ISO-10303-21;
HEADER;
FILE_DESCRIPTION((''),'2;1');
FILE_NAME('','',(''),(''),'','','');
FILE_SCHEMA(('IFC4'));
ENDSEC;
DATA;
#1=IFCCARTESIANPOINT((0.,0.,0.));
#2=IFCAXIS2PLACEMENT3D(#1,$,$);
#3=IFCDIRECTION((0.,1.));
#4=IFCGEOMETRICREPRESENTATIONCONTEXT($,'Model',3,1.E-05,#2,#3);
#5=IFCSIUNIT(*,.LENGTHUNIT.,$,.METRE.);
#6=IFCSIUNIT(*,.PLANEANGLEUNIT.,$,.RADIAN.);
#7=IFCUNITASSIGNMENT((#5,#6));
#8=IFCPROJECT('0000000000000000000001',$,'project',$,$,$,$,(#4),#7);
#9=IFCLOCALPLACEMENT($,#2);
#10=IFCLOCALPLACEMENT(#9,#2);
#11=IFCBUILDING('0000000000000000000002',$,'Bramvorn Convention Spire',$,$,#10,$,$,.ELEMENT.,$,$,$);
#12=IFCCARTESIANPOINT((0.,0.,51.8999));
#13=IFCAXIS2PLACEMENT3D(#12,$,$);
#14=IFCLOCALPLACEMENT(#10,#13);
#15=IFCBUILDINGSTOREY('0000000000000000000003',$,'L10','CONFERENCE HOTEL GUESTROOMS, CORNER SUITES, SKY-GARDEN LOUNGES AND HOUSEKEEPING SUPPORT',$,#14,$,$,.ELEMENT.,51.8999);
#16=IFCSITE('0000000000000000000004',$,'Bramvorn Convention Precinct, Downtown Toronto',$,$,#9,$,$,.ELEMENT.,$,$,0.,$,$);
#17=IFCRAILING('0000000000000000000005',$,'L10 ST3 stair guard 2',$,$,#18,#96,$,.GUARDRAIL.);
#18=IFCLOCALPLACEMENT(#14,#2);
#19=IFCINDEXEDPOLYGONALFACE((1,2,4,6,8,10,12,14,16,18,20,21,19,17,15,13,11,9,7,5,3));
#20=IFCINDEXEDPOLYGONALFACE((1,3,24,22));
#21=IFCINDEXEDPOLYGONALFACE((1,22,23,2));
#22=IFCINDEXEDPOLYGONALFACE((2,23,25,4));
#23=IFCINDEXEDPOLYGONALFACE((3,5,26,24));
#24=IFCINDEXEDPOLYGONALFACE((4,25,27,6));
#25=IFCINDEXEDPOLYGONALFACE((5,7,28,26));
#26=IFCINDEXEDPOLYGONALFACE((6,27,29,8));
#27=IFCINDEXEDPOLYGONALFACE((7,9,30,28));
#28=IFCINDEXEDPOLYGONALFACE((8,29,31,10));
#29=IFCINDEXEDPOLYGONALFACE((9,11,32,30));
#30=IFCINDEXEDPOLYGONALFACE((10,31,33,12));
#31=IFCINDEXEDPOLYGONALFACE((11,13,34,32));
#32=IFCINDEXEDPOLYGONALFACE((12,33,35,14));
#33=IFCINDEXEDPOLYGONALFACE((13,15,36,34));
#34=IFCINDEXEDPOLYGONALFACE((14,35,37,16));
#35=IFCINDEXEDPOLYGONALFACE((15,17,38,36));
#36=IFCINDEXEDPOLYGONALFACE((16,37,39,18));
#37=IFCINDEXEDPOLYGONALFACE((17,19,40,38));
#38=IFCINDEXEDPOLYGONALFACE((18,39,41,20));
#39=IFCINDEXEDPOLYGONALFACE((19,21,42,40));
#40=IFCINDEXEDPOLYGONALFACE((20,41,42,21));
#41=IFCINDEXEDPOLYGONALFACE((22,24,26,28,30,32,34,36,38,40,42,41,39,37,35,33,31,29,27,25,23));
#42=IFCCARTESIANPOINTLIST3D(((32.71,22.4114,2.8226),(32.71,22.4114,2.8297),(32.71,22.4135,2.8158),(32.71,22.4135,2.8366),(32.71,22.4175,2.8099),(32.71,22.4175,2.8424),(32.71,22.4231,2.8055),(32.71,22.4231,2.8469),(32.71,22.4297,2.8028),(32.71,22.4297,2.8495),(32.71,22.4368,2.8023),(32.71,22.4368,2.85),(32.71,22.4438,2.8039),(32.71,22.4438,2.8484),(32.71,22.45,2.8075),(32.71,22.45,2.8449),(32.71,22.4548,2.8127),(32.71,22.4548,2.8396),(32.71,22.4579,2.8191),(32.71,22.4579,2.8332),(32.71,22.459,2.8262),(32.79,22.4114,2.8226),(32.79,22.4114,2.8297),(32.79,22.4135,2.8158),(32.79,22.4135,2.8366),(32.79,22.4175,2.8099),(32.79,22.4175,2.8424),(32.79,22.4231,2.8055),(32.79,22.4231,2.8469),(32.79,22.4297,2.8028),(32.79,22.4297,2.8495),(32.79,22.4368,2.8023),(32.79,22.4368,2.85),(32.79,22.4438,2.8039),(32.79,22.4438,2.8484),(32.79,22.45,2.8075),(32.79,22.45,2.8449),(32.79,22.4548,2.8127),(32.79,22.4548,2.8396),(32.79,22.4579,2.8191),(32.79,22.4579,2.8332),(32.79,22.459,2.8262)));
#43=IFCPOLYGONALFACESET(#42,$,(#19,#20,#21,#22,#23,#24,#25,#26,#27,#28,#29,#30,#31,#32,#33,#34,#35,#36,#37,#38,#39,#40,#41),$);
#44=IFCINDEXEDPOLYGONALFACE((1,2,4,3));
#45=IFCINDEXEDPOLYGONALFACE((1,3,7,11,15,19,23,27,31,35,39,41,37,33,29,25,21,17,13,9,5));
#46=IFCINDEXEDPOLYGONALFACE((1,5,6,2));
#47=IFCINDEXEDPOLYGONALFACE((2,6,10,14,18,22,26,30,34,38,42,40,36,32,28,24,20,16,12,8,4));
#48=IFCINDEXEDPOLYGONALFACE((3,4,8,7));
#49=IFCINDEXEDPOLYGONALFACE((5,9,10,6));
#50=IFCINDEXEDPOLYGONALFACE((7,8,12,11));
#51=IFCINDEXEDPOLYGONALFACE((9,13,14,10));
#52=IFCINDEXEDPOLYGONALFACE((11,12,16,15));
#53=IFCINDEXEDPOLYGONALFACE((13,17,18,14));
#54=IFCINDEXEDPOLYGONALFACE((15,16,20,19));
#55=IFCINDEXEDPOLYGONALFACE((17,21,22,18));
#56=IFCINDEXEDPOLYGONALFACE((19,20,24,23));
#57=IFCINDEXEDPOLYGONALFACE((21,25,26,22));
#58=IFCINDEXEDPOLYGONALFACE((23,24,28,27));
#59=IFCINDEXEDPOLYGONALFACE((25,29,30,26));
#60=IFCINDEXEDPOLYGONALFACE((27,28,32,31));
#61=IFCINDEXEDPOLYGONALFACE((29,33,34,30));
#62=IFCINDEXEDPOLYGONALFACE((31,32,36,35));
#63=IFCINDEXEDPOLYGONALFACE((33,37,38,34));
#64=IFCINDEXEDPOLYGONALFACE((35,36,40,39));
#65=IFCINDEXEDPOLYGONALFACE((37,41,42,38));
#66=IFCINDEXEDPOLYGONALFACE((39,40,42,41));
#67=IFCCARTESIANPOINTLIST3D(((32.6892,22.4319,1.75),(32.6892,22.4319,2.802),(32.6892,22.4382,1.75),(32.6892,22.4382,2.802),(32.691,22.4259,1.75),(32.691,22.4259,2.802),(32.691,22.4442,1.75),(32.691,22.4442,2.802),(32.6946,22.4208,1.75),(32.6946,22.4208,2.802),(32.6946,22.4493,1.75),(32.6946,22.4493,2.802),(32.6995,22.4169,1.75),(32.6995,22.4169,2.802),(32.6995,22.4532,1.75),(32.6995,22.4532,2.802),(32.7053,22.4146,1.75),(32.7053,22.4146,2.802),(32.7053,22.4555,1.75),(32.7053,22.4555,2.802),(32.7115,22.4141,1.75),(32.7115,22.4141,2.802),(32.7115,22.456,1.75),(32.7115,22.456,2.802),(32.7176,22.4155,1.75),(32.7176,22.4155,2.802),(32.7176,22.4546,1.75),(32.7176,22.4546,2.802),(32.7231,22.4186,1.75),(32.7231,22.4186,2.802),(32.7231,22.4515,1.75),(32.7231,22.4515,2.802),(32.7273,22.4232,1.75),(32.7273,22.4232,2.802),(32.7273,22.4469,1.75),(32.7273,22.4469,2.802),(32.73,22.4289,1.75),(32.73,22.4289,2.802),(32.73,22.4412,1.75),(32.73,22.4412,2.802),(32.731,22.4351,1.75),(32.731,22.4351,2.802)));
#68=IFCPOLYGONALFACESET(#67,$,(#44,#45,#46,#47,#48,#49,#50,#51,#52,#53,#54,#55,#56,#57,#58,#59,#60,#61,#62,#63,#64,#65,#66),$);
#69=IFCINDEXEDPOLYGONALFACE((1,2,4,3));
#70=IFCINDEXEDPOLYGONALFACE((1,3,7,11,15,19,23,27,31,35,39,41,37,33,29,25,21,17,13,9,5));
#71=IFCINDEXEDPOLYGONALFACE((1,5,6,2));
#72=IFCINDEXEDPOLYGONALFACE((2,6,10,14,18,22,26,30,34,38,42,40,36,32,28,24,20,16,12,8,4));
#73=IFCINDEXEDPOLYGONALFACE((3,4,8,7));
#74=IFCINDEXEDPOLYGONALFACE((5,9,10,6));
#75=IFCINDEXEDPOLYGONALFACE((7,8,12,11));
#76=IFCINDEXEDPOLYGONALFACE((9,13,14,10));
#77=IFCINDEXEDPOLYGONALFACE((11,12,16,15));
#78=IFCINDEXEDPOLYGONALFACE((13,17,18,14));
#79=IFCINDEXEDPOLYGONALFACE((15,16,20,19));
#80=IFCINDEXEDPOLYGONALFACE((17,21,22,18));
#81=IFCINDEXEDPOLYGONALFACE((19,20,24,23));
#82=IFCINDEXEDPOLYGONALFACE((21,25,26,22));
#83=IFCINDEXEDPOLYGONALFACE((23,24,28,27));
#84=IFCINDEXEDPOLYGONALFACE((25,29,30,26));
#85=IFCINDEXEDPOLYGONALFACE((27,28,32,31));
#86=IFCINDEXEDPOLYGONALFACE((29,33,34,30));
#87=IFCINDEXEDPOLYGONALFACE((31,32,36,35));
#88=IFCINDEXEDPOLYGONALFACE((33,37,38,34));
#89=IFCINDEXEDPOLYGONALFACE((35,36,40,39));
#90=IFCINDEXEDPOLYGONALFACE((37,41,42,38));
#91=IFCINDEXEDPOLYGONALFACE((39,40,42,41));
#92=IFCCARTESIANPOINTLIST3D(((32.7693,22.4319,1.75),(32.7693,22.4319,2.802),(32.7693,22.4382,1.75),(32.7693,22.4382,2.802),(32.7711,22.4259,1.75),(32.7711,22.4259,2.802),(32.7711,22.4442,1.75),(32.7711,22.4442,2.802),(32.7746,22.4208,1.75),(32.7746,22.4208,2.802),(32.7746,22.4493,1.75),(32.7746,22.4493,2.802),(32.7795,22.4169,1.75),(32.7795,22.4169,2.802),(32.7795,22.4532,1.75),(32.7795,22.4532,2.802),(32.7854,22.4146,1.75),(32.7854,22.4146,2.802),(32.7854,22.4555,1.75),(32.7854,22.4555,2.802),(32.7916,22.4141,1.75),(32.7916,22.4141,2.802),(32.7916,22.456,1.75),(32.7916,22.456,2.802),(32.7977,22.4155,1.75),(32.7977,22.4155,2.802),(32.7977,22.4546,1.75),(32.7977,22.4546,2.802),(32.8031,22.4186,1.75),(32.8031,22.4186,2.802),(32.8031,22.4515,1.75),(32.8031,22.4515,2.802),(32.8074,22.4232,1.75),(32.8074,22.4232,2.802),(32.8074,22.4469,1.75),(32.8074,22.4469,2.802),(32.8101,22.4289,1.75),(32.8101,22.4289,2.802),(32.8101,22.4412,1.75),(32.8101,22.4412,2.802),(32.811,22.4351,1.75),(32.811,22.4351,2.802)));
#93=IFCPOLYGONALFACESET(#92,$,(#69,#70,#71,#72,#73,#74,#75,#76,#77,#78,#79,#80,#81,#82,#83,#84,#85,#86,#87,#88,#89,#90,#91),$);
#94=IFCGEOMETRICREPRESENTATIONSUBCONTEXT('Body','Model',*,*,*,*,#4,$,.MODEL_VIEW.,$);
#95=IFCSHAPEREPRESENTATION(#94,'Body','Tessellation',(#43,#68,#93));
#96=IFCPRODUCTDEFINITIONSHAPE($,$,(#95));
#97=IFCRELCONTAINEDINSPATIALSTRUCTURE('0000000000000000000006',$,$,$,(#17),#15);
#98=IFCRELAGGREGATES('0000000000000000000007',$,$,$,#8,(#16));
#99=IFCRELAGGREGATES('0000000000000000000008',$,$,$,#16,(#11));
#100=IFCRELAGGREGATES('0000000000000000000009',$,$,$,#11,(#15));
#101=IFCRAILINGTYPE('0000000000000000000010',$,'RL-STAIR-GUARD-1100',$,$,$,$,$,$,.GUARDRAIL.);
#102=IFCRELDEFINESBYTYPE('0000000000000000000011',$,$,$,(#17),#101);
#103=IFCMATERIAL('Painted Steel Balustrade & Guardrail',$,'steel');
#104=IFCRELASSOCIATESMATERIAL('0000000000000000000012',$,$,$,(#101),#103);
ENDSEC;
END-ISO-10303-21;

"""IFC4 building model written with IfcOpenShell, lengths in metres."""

from ifc_helpers import new_model, si_unit, direction, frame, origin, origin_2d, place, context, subcontext, project, spatial, circle, extrude, material, type_object, element, save


model = new_model("IFC4")

# Units and contexts
model_context = context("Model", 3, precision=1e-05, world=origin(), true_north=direction((0.0, 1.0)))
body_context = subcontext(model_context, "Body", "Model", "MODEL_VIEW")
ifc_project = project(units=[si_unit("LENGTHUNIT", "METRE"), si_unit("PLANEANGLEUNIT", "RADIAN")], contexts=[model_context])

# Site, building, storey
site_placement = place(None, origin())
site = spatial("IfcSite", under=ifc_project, at=site_placement, Name="Bramvorn Convention Precinct, Downtown Toronto", CompositionType="ELEMENT", RefElevation=0.0)
building_placement = place(site_placement, origin())
building = spatial("IfcBuilding", under=site, at=building_placement, Name="Bramvorn Convention Spire", CompositionType="ELEMENT")
storey_placement = place(building_placement, frame((0.0, 0.0, 51.8999)))
storey = spatial("IfcBuildingStorey", under=building, at=storey_placement, Name="L10", Description="CONFERENCE HOTEL GUESTROOMS, CORNER SUITES, SKY-GARDEN LOUNGES AND HOUSEKEEPING SUPPORT", CompositionType="ELEMENT", Elevation=51.8999)

# Railing
ifc_material_1 = material(Name="Painted Steel Balustrade & Guardrail", Category="steel")
railing_type_1 = type_object("IfcRailingType", Name="RL-STAIR-GUARD-1100", PredefinedType="GUARDRAIL", material=ifc_material_1)
railing_1_placement = place(storey_placement, frame((32.71, 22.4351, 1.75)))
element("IfcRailing", 1, at=railing_1_placement, inside=storey, type_object=railing_type_1, Name="L10 ST3 stair guard 2", PredefinedType="GUARDRAIL", context=body_context, shape_type="SweptSolid", body=[
    extrude(circle(Radius=0.0239, at=origin_2d()), frame((0.0, 0.0, 1.0762), z_axis=(1.0, 0.0, 0.0), x_axis=(0.0, 1.0, 0.0)), (0.0, 0.0, 1.0), 0.0801),
    extrude(circle(Radius=0.021, at=origin_2d()), origin(), (0.0, 0.0, 1.0), 1.052),
    extrude(circle(Radius=0.021, at=origin_2d()), frame((0.0801, 0.0, 0.0)), (0.0, 0.0, 1.0), 1.052),
])

save(model, "model.ifc")
